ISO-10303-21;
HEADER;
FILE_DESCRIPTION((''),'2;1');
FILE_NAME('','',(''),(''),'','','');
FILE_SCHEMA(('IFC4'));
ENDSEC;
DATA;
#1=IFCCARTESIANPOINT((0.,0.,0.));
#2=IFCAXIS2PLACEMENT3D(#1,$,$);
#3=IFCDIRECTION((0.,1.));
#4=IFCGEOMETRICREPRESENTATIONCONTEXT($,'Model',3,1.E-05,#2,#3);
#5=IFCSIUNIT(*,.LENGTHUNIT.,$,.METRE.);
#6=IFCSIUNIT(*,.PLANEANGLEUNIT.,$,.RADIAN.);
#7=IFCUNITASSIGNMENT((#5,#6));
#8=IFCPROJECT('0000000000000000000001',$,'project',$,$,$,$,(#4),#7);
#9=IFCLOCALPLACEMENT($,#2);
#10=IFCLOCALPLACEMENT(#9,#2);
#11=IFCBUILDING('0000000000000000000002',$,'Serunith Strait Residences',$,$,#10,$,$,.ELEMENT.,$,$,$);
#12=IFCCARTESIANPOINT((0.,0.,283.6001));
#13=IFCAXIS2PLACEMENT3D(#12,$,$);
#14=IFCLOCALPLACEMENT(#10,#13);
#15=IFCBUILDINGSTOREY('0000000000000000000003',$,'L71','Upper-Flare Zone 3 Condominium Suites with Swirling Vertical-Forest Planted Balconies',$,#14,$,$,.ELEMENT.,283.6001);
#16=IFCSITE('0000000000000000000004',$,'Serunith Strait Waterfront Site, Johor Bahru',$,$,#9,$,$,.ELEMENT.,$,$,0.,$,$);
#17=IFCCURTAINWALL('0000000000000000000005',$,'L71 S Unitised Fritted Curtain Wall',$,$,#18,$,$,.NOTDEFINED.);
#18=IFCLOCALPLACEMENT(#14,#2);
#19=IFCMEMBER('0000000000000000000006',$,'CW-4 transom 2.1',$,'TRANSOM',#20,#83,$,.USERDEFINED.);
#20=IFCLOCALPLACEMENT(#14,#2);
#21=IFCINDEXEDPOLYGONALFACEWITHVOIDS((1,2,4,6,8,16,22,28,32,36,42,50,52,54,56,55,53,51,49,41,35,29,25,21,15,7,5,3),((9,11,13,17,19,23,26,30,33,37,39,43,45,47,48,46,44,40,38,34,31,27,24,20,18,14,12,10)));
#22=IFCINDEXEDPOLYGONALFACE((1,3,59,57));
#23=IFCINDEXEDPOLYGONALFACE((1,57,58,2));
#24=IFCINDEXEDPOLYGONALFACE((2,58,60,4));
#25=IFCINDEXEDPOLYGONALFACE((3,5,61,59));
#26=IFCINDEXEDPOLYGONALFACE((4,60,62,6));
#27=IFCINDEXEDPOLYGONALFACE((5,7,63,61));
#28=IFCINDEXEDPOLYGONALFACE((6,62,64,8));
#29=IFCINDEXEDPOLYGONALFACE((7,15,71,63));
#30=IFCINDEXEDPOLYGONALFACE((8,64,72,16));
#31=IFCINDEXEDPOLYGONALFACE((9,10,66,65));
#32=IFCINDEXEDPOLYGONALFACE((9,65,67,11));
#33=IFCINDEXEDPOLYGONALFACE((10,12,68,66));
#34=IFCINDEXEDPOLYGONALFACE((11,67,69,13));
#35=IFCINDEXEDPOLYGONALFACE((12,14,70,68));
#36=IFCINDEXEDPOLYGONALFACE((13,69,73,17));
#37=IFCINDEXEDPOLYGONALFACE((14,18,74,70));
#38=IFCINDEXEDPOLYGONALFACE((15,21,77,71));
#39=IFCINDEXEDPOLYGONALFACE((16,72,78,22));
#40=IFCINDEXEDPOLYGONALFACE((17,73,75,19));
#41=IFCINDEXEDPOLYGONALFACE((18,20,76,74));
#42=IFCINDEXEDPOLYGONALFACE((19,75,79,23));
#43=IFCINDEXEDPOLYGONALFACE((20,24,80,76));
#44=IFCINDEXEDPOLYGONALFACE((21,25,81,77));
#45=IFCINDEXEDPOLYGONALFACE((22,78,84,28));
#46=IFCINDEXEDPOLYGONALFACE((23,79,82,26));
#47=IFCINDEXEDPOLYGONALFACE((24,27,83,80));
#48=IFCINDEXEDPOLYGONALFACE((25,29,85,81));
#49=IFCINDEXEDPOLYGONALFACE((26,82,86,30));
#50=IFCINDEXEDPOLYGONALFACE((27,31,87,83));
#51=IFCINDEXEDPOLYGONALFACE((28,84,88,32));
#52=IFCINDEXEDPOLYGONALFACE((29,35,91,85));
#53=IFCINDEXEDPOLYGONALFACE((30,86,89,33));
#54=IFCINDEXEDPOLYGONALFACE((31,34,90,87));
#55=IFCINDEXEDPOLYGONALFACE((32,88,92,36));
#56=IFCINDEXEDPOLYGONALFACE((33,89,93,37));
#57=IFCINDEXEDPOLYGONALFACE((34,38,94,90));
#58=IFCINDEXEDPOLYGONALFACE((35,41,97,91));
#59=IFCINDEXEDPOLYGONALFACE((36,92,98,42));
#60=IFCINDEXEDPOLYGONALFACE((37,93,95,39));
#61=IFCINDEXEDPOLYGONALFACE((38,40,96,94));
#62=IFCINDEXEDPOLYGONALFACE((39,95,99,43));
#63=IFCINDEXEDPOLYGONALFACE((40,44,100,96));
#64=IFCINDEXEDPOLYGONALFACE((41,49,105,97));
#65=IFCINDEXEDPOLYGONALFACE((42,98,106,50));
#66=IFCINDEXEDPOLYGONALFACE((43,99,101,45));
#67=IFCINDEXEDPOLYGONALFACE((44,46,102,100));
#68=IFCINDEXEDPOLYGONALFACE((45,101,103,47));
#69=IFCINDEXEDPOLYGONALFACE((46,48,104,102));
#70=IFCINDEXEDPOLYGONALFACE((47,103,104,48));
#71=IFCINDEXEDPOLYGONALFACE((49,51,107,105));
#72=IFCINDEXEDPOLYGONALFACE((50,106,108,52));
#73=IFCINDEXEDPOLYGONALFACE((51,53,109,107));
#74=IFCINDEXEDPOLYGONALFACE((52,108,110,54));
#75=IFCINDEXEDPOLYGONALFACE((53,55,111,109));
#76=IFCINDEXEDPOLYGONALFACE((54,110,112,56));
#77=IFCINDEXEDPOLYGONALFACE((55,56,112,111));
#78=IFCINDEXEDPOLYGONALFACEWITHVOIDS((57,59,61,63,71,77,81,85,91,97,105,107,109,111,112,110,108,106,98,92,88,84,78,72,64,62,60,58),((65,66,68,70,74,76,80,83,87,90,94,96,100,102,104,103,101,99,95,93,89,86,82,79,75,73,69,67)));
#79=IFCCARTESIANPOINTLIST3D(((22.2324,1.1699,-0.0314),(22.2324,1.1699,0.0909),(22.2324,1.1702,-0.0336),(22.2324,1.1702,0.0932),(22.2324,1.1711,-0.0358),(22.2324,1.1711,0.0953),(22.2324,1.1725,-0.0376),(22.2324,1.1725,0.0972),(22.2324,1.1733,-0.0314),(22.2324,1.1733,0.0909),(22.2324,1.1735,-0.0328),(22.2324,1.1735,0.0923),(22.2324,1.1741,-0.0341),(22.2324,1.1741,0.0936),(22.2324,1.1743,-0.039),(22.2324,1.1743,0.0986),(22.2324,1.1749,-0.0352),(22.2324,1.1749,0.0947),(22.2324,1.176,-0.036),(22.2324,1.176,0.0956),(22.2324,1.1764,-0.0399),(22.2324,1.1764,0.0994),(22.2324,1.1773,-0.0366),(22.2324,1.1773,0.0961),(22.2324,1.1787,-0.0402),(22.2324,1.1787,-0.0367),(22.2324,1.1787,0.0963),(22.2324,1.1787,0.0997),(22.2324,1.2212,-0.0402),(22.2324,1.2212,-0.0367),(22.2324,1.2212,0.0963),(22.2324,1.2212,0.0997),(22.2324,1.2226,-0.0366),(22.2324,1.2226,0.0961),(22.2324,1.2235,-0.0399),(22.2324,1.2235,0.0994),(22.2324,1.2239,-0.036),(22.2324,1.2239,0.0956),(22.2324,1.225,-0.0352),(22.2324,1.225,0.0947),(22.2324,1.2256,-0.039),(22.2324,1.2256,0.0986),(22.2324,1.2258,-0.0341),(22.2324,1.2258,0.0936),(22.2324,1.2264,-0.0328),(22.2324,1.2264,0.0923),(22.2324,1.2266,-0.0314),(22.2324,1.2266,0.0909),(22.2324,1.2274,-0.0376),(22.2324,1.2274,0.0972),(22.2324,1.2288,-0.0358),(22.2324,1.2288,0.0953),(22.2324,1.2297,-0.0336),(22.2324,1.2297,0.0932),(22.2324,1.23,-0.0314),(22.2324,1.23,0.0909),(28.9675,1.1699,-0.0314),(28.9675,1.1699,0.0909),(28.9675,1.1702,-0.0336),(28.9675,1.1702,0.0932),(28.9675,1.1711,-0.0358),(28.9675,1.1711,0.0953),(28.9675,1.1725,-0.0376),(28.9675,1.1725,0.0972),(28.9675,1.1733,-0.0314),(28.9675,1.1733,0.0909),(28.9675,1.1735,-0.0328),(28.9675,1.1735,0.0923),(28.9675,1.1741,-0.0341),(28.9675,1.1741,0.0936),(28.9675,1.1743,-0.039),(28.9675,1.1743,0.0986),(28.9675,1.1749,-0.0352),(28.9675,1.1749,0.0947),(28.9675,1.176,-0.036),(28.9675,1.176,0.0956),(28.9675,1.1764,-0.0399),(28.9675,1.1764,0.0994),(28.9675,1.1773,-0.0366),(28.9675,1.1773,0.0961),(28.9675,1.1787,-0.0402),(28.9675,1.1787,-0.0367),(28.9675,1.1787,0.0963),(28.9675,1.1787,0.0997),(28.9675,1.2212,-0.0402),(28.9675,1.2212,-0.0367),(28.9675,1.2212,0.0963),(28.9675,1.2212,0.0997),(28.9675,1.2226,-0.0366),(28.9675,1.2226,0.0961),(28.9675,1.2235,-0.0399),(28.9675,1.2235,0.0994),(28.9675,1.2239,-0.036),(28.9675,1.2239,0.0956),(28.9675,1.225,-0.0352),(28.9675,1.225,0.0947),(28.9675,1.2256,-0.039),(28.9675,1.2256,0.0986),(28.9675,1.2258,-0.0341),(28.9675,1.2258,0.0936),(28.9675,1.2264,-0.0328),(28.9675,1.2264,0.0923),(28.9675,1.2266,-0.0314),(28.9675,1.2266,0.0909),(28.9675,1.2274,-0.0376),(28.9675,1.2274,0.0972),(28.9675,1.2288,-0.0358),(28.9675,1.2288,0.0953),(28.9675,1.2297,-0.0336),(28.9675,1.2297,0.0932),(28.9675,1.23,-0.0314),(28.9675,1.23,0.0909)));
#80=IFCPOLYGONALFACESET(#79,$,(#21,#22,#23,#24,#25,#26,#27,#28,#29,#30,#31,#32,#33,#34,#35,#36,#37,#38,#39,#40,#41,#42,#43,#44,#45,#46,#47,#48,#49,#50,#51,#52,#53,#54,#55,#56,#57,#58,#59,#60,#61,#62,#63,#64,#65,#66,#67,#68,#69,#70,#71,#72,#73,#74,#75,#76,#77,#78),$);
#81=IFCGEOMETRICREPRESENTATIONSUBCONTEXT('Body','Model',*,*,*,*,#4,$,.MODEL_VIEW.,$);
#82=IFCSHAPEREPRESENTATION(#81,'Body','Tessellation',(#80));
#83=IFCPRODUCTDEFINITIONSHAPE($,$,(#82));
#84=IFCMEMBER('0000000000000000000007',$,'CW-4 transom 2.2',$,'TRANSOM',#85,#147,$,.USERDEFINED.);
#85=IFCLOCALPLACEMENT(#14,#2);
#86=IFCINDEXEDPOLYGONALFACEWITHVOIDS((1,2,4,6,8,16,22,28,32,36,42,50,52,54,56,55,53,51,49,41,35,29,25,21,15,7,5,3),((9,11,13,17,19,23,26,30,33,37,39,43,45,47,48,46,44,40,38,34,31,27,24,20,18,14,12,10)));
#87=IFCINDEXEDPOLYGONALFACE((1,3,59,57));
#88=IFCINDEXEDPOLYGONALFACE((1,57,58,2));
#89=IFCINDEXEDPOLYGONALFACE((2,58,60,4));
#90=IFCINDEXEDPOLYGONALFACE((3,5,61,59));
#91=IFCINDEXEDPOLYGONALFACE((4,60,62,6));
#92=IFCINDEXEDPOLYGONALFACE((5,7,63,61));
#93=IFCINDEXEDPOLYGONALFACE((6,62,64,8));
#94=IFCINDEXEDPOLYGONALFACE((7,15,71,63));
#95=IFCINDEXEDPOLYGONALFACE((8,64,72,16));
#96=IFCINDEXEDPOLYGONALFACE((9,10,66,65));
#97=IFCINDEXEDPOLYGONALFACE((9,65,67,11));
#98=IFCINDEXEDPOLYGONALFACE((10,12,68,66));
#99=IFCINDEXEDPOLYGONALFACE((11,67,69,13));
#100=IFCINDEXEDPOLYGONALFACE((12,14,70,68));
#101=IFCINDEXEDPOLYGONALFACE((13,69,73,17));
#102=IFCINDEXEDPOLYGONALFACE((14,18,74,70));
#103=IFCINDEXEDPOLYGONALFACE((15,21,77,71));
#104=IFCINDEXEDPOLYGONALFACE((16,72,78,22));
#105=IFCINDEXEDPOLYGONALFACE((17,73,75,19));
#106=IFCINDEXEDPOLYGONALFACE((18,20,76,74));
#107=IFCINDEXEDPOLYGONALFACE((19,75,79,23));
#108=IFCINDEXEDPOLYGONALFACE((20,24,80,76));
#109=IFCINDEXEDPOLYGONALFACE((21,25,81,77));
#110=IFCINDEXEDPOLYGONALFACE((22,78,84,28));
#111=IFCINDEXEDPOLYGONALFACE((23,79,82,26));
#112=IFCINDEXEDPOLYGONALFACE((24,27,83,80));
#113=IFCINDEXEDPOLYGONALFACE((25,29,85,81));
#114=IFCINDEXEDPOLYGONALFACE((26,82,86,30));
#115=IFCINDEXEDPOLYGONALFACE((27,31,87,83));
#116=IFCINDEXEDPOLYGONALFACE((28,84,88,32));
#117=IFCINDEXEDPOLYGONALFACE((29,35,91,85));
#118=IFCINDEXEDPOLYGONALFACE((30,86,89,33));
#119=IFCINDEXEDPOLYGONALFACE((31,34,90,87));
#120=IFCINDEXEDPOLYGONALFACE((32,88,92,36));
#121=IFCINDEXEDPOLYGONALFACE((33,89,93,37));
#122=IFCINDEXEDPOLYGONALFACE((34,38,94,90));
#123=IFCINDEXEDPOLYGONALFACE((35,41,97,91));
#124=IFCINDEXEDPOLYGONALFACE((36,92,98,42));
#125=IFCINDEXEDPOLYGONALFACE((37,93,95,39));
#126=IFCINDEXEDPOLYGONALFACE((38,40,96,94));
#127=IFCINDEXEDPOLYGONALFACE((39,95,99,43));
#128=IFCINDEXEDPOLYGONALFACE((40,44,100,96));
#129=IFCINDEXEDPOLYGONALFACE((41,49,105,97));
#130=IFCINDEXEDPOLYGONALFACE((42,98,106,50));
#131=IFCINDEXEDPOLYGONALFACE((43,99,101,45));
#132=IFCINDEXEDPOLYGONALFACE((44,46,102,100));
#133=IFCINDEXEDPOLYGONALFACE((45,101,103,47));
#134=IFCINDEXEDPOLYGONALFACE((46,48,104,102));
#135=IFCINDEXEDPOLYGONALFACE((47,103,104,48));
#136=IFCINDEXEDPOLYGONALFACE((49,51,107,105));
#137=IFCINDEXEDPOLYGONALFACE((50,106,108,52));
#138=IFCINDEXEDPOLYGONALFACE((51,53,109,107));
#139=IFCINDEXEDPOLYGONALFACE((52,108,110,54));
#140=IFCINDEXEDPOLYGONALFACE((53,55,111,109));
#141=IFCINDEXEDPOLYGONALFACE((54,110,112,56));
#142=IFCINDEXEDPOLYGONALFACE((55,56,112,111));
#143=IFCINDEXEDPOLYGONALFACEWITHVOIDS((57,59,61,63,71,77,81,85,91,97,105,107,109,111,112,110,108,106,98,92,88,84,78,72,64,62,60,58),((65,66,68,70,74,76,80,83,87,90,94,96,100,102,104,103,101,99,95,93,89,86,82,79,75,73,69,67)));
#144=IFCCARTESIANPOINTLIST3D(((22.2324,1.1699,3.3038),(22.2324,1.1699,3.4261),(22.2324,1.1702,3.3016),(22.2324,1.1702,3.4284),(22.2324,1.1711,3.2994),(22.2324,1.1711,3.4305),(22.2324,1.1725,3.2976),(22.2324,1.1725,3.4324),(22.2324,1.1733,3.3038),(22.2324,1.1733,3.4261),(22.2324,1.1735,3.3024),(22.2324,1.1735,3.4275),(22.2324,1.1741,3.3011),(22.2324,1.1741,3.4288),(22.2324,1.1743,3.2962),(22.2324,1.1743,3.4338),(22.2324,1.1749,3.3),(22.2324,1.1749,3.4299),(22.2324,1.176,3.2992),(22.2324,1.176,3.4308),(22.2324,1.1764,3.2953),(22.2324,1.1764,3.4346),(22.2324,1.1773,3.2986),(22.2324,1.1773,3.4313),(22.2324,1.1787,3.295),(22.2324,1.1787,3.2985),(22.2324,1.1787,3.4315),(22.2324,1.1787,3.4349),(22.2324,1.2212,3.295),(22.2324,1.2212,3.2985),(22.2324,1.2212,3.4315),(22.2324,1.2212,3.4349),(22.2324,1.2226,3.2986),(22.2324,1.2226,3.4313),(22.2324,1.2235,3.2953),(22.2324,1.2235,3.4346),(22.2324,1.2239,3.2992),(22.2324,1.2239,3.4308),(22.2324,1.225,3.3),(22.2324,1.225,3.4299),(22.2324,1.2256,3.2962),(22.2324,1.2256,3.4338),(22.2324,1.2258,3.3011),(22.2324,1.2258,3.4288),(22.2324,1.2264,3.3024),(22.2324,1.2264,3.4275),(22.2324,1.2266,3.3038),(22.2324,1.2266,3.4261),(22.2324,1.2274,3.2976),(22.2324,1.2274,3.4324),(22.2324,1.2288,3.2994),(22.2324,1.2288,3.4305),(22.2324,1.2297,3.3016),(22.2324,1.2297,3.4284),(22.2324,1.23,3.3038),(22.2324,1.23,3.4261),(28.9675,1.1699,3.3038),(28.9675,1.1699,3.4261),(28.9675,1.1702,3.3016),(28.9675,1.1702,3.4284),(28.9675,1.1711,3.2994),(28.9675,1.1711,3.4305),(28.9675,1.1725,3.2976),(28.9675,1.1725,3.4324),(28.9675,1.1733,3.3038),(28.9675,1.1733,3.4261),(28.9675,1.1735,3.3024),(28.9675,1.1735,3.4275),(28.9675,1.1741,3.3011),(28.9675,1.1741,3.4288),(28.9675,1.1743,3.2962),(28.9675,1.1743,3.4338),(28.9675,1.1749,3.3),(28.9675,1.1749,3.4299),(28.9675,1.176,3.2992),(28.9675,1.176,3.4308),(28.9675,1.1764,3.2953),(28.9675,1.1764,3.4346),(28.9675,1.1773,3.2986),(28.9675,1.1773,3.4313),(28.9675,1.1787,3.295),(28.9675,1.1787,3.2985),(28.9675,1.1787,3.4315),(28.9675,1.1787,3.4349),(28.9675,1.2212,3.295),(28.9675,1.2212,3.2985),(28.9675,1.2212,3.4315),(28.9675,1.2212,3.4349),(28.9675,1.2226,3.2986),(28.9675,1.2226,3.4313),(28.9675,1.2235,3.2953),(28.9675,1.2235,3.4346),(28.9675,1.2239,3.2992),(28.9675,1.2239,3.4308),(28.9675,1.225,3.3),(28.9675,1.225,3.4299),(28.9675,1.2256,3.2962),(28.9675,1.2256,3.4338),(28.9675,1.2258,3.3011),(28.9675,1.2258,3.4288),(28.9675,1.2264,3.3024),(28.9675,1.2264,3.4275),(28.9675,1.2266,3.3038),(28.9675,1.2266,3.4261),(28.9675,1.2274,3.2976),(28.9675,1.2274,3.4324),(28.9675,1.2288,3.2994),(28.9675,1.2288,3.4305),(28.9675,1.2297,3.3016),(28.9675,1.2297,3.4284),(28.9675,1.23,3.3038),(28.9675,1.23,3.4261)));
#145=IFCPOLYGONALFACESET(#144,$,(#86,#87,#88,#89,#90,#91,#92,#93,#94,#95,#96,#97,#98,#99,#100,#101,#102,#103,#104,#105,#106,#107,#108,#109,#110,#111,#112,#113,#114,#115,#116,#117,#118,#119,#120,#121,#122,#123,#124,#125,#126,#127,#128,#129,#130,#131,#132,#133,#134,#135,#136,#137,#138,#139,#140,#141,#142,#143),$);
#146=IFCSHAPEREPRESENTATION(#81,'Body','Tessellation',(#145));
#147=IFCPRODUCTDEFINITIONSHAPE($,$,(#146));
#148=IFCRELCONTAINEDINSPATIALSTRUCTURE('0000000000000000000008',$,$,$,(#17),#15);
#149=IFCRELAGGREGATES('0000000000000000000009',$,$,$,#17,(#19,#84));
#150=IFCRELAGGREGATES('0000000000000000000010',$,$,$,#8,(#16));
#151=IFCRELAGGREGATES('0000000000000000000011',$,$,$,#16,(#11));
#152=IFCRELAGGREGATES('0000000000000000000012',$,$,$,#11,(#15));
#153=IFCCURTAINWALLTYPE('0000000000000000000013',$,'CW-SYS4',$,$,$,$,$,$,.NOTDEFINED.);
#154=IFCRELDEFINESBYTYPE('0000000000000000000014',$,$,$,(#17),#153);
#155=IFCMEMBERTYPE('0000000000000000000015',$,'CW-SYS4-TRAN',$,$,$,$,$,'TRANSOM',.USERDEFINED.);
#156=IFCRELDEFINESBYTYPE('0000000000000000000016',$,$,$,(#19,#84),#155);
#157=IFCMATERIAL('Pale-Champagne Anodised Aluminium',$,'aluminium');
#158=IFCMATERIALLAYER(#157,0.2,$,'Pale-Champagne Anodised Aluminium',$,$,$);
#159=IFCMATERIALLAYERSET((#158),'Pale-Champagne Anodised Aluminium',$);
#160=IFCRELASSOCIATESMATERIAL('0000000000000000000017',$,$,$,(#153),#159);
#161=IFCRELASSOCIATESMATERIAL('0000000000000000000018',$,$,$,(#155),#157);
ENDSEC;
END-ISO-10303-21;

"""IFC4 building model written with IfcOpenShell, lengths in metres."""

from ifc_helpers import new_model, si_unit, direction, frame, origin, origin_2d, place, context, subcontext, project, spatial, hollow_rectangle, extrude, source, transform, mapped, material, layer, layer_set, material_profile, profile_set, type_object, element, aggregate, save


model = new_model("IFC4")

# Units and contexts
model_context = context("Model", 3, precision=1e-05, world=origin(), true_north=direction((0.0, 1.0)))
body_context = subcontext(model_context, "Body", "Model", "MODEL_VIEW")
ifc_project = project(units=[si_unit("LENGTHUNIT", "METRE"), si_unit("PLANEANGLEUNIT", "RADIAN")], contexts=[model_context])

# Site, building, storey
site_placement = place(None, origin())
site = spatial("IfcSite", under=ifc_project, at=site_placement, Name="Serunith Strait Waterfront Site, Johor Bahru", CompositionType="ELEMENT", RefElevation=0.0)
building_placement = place(site_placement, origin())
building = spatial("IfcBuilding", under=site, at=building_placement, Name="Serunith Strait Residences", CompositionType="ELEMENT")
storey_placement = place(building_placement, frame((0.0, 0.0, 283.6001)))
storey = spatial("IfcBuildingStorey", under=building, at=storey_placement, Name="L71", Description="Upper-Flare Zone 3 Condominium Suites with Swirling Vertical-Forest Planted Balconies", CompositionType="ELEMENT", Elevation=283.6001)

# Curtain wall, members
ifc_material_1 = material(Name="Pale-Champagne Anodised Aluminium", Category="aluminium")
ifc_layer_1 = layer(ifc_material_1, 0.2, Name="Pale-Champagne Anodised Aluminium")
ifc_layer_set_1 = layer_set([ifc_layer_1], Name="Pale-Champagne Anodised Aluminium")
curtain_wall_type = type_object("IfcCurtainWallType", Name="CW-SYS4", PredefinedType="NOTDEFINED", material=ifc_layer_set_1)
curtain_wall_placement = place(storey_placement, origin())
curtain_wall = element("IfcCurtainWall", 1, at=curtain_wall_placement, inside=storey, type_object=curtain_wall_type, Name="L71 S Unitised Fritted Curtain Wall", PredefinedType="NOTDEFINED")
ifc_material_profile_1 = material_profile(ifc_material_1, hollow_rectangle(XDim=0.0601, YDim=0.1399, WallThickness=0.0034, InnerFilletRadius=0.0054, OuterFilletRadius=0.0088, at=origin_2d()), Name="ALU 140x60x3.5")
ifc_profile_set_1 = profile_set([ifc_material_profile_1], Name="Pale-Champagne Anodised Aluminium")
member_type_1 = type_object("IfcMemberType", Name="CW-SYS4-TRAN", ElementType="TRANSOM", PredefinedType="USERDEFINED", material=ifc_profile_set_1)
shared_shape_1 = source(origin(), body_context, "Body", "SweptSolid", [
    extrude(hollow_rectangle(XDim=0.0601, YDim=0.1399, WallThickness=0.0034, InnerFilletRadius=0.0054, OuterFilletRadius=0.0088, at=origin_2d()), origin(), (0.0, 0.0, 1.0), 6.7351),
])
member_1_placement = place(storey_placement, frame((22.2324, 1.2, 0.0298), z_axis=(1.0, 0.0, 0.0), x_axis=(0.0, 1.0, 0.0)))
member_1 = element("IfcMember", 2, at=member_1_placement, type_object=member_type_1, Name="CW-4 transom 2.1", ObjectType="TRANSOM", PredefinedType="USERDEFINED", context=body_context, shape_type="MappedRepresentation", body=[
    mapped(shared_shape_1, transform((0.0, 0.0, 0.0), scale=1.0)),
])
member_2_placement = place(storey_placement, frame((22.2324, 1.2, 3.365), z_axis=(1.0, 0.0, 0.0), x_axis=(0.0, 1.0, 0.0)))
member_2 = element("IfcMember", 3, at=member_2_placement, type_object=member_type_1, Name="CW-4 transom 2.2", ObjectType="TRANSOM", PredefinedType="USERDEFINED", context=body_context, shape_type="MappedRepresentation", body=[
    mapped(shared_shape_1, transform((0.0, 0.0, 0.0), scale=1.0)),
])
aggregate(curtain_wall, [member_1, member_2])

save(model, "model.ifc")
